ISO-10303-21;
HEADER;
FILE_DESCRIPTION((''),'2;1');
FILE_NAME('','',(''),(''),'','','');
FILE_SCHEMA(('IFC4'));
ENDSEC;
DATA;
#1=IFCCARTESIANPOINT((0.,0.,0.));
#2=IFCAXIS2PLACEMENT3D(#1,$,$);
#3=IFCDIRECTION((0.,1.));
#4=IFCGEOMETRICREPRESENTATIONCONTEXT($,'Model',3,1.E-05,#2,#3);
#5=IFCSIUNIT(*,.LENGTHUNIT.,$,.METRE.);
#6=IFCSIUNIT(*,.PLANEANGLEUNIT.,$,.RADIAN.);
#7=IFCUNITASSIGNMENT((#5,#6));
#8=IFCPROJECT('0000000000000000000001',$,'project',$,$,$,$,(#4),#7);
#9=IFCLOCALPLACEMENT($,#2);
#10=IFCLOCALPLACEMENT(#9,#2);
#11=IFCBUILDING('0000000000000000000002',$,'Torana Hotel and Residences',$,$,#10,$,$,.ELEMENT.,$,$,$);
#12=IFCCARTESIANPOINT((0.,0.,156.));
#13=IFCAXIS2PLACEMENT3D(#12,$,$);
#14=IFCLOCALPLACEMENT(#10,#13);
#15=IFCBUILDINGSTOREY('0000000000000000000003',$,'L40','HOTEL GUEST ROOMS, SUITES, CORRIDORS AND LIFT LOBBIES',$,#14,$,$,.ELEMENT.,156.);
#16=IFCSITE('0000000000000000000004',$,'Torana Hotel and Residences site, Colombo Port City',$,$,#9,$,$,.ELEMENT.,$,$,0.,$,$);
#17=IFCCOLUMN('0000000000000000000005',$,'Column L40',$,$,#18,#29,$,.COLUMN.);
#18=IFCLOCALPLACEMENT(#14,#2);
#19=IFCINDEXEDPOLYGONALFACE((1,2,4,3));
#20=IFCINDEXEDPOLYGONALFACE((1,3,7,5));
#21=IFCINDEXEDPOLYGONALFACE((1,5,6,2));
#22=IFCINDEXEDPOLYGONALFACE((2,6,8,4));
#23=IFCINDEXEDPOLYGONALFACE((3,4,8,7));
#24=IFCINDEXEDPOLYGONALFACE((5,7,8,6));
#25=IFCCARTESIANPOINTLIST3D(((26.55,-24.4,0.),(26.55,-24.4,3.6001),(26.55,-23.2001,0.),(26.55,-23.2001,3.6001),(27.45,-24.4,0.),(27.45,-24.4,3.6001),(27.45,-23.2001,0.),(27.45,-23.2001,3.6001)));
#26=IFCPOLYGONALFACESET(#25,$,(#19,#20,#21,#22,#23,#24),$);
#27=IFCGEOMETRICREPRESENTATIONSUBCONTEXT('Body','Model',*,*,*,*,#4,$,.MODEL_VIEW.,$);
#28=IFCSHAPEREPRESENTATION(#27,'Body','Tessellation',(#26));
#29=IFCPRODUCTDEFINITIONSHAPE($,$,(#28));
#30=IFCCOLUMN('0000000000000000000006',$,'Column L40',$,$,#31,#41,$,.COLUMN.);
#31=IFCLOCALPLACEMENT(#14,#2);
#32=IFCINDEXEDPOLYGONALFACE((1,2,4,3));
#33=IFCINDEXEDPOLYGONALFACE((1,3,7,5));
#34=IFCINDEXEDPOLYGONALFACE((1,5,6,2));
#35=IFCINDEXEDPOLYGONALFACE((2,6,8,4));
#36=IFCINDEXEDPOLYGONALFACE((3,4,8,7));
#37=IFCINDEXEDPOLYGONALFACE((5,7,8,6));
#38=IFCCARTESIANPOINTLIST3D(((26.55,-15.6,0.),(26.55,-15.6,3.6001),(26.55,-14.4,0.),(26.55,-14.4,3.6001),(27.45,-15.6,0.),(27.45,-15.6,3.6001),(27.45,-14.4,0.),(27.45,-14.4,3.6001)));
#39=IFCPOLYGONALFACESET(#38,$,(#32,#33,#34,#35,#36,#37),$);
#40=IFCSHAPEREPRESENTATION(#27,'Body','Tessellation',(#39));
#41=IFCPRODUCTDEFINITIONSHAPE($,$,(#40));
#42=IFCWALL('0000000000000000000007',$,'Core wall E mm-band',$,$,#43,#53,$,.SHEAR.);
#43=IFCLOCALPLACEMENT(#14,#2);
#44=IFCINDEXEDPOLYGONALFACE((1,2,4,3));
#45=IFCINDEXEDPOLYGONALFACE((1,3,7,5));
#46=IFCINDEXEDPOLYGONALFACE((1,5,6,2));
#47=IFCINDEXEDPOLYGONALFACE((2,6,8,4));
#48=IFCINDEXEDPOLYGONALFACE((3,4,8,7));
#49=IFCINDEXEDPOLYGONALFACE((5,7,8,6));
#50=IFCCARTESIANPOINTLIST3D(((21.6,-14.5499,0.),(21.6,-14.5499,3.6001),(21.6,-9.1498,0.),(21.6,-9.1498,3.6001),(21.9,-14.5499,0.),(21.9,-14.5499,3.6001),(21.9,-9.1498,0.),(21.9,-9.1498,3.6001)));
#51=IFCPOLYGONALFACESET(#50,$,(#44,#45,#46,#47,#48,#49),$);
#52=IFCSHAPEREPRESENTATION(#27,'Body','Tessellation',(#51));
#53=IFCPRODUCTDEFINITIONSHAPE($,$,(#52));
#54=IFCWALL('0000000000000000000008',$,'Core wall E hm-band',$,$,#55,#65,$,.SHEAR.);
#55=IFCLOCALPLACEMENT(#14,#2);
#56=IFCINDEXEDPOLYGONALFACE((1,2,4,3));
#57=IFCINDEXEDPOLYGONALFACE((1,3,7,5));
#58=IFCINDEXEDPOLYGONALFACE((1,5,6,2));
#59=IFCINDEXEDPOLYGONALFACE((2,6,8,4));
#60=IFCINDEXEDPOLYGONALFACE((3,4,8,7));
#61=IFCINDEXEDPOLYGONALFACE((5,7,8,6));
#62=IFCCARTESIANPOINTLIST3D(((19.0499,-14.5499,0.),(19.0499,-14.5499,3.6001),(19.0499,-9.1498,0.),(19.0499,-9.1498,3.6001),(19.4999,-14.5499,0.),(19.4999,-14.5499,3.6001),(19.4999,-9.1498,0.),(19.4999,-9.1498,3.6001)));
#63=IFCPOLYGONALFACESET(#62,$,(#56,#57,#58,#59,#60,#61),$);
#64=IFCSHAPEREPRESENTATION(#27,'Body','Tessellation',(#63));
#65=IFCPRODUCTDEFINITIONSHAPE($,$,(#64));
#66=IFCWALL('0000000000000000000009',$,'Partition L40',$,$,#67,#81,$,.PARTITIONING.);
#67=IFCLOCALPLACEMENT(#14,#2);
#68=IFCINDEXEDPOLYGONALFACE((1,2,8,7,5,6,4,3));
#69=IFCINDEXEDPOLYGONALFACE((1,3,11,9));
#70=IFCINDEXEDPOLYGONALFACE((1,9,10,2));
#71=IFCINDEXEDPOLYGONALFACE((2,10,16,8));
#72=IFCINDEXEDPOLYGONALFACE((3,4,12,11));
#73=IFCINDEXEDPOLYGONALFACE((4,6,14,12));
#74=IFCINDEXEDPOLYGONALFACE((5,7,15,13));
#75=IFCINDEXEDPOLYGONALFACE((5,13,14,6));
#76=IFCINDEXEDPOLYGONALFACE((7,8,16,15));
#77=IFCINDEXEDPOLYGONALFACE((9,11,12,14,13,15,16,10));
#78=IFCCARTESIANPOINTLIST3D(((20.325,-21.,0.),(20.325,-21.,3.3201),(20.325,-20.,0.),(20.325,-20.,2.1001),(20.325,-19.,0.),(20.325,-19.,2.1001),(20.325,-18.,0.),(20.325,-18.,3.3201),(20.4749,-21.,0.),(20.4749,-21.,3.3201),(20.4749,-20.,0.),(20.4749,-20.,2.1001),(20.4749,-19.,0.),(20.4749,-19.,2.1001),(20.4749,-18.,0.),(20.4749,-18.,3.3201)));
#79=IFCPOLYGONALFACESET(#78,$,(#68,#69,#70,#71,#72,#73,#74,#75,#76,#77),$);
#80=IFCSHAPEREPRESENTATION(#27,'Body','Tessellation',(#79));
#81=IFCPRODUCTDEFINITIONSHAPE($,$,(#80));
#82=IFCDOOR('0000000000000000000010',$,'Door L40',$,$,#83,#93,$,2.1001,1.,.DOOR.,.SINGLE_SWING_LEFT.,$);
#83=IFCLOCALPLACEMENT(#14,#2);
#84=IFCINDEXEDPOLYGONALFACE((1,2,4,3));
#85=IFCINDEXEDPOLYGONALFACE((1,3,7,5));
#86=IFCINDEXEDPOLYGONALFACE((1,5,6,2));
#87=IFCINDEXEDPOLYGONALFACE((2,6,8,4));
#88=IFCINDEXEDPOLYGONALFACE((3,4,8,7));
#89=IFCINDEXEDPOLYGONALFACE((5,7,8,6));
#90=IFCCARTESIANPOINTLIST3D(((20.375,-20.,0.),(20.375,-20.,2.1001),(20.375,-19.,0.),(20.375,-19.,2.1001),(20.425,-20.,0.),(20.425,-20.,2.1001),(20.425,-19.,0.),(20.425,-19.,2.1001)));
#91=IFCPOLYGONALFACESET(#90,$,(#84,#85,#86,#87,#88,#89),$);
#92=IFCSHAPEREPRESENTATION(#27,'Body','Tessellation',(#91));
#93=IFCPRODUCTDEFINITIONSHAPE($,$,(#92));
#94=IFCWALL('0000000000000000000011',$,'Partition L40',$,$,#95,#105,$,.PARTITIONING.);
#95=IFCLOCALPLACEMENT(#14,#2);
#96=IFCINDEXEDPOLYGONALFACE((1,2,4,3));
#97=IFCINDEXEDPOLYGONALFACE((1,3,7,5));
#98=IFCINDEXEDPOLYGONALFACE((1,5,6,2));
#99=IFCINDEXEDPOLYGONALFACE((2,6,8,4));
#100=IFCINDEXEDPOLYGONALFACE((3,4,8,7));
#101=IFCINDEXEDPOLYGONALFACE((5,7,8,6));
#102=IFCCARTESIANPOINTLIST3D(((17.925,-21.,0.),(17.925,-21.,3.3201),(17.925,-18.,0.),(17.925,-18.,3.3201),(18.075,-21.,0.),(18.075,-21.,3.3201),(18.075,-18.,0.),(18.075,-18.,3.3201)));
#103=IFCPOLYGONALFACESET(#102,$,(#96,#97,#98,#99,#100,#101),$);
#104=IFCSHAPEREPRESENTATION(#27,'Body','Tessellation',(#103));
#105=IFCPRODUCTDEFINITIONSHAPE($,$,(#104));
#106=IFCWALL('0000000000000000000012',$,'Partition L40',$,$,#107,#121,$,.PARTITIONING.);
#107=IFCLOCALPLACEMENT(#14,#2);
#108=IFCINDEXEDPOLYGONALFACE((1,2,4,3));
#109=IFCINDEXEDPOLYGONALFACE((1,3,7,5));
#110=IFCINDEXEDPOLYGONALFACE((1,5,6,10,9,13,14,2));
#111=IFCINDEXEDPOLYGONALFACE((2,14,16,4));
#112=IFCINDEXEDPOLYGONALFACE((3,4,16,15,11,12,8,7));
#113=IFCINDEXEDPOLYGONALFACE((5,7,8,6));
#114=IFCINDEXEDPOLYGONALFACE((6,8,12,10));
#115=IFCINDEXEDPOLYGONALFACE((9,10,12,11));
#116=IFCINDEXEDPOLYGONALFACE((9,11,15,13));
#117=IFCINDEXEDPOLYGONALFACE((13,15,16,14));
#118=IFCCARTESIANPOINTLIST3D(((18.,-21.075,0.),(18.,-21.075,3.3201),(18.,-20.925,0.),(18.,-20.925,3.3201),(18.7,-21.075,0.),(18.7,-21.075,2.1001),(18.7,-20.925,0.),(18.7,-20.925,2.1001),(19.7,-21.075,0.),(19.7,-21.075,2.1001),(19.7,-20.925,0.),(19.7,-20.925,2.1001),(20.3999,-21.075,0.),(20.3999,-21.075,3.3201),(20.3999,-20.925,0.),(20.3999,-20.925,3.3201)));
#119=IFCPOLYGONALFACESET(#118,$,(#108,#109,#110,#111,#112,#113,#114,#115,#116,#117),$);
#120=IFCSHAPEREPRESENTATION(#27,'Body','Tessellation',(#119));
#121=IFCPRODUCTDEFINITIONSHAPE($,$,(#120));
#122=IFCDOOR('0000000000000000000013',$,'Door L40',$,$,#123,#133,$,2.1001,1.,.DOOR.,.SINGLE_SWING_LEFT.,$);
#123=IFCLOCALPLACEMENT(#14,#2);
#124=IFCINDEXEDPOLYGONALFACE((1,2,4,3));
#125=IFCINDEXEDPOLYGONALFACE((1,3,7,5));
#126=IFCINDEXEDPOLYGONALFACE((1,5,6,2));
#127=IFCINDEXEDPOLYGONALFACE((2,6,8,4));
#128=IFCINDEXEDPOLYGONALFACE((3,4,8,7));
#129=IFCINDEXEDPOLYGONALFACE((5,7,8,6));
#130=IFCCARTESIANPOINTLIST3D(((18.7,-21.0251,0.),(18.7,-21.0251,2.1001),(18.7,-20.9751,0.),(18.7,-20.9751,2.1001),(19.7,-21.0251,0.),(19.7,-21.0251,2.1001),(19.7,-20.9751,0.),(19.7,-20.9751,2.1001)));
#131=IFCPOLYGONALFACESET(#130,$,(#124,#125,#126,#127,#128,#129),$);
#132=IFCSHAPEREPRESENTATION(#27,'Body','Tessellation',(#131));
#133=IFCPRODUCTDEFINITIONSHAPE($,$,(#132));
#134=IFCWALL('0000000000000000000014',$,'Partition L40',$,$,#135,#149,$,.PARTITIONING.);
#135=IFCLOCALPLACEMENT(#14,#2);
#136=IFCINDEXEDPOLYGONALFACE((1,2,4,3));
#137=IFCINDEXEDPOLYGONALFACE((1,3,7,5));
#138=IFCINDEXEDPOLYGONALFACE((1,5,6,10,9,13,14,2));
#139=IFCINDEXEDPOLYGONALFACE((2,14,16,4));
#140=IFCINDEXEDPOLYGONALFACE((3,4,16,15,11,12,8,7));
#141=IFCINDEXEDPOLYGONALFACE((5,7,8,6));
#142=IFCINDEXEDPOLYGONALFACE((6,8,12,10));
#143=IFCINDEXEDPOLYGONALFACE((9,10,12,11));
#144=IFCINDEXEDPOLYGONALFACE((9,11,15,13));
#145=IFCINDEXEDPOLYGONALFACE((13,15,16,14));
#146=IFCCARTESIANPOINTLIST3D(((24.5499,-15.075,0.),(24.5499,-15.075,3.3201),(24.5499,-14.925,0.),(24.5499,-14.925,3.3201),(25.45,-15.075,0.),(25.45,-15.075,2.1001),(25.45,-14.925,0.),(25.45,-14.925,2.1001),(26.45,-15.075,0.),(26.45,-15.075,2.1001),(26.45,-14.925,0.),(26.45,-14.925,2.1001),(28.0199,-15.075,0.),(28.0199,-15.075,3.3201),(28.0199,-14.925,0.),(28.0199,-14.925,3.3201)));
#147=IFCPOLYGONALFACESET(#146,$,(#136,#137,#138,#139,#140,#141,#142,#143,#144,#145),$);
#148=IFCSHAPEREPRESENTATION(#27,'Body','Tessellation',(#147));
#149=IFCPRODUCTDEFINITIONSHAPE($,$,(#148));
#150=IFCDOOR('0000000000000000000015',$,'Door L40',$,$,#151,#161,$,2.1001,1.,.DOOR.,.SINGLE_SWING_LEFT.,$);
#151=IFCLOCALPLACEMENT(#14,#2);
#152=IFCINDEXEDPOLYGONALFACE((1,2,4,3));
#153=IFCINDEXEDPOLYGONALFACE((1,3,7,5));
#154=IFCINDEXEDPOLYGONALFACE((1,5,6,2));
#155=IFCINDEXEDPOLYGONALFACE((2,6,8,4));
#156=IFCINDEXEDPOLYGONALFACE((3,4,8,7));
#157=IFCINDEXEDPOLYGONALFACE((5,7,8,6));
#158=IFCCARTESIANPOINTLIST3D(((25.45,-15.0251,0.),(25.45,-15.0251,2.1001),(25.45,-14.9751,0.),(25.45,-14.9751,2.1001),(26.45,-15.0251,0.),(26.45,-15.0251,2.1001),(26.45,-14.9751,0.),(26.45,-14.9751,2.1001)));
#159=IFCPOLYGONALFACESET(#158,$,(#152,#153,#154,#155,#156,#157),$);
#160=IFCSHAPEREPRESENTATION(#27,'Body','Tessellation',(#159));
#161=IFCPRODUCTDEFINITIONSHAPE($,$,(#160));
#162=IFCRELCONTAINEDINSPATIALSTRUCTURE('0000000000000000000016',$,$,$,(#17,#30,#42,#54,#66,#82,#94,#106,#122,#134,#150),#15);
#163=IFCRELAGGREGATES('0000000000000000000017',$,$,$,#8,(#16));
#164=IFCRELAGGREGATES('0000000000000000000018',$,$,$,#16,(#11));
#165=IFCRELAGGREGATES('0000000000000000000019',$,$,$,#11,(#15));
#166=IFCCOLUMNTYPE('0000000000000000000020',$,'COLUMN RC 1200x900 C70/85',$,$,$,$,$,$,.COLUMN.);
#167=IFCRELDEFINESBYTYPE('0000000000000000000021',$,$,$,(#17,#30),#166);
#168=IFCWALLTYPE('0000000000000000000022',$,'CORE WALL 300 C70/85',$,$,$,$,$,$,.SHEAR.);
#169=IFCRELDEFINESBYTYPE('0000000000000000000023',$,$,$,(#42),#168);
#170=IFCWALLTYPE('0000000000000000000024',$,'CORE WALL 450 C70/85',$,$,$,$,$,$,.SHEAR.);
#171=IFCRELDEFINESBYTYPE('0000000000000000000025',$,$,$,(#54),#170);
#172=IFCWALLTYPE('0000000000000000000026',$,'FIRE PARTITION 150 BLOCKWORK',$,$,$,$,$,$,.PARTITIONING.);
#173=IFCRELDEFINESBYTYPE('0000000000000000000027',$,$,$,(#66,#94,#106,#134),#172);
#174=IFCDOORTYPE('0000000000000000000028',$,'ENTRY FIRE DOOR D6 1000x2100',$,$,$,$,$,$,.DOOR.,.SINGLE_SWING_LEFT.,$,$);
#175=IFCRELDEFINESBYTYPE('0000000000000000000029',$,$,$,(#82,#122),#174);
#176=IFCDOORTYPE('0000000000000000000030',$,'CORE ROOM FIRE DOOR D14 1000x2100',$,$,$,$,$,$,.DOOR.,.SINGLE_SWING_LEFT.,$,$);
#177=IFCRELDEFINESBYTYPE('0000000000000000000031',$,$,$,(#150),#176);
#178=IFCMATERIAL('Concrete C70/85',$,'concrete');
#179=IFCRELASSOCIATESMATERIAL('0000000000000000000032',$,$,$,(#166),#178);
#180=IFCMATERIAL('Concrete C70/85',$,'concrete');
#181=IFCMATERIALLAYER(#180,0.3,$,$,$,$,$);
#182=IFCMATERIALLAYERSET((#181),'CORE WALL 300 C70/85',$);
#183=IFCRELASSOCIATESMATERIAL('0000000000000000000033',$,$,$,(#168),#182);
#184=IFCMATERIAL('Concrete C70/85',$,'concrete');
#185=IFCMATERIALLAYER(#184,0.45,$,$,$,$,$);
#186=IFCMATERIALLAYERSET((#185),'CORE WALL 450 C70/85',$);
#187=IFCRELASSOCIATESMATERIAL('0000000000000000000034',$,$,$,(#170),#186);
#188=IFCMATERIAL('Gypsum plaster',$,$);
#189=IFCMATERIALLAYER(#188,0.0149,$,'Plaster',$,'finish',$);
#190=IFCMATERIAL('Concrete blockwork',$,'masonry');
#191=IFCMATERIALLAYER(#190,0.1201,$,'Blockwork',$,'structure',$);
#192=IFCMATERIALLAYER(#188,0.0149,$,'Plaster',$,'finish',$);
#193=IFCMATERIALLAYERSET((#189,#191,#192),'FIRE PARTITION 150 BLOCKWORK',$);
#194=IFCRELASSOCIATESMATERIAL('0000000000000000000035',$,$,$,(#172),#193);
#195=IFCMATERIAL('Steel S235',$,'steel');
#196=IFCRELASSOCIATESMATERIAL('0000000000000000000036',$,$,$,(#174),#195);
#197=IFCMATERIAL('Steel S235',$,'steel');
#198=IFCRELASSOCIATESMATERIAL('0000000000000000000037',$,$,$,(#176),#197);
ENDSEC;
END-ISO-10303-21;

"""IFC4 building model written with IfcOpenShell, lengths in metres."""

from ifc_helpers import new_model, si_unit, direction, frame, frame_2d, origin, origin_2d, place, context, subcontext, project, spatial, rectangle, extrude, material, layer, layer_set, material_profile, profile_set, type_object, element, fill, save


model = new_model("IFC4")

# Units and contexts
model_context = context("Model", 3, precision=1e-05, world=origin(), true_north=direction((0.0, 1.0)))
body_context = subcontext(model_context, "Body", "Model", "MODEL_VIEW")
ifc_project = project(units=[si_unit("LENGTHUNIT", "METRE"), si_unit("PLANEANGLEUNIT", "RADIAN")], contexts=[model_context])

# Site, building, storey
site_placement = place(None, origin())
site = spatial("IfcSite", under=ifc_project, at=site_placement, Name="Torana Hotel and Residences site, Colombo Port City", CompositionType="ELEMENT", RefElevation=0.0)
building_placement = place(site_placement, origin())
building = spatial("IfcBuilding", under=site, at=building_placement, Name="Torana Hotel and Residences", CompositionType="ELEMENT")
storey_placement = place(building_placement, frame((0.0, 0.0, 156.0)))
storey = spatial("IfcBuildingStorey", under=building, at=storey_placement, Name="L40", Description="HOTEL GUEST ROOMS, SUITES, CORRIDORS AND LIFT LOBBIES", CompositionType="ELEMENT", Elevation=156.0)

# Columns
ifc_material_1 = material(Name="Concrete C70/85", Category="concrete")
ifc_material_profile = material_profile(ifc_material_1, rectangle(XDim=1.2, YDim=0.8999, at=origin_2d()), Name="RC 1200x900")
ifc_profile_set = profile_set([ifc_material_profile], Name="Concrete C70/85")
column_type = type_object("IfcColumnType", Name="COLUMN RC 1200x900 C70/85", PredefinedType="COLUMN", material=ifc_profile_set)
for number, where, z_axis, x_axis, name in (
    (1, (27.0, -23.8, 0.0), (0.0, 0.0, 1.0), (0.0, 1.0, 0.0), "Column L40"),
    (2, (27.0, -15.0, 0.0), (0.0, 0.0, 1.0), (0.0, 1.0, 0.0), "Column L40"),
):
    element("IfcColumn", number, at=place(storey_placement, frame(where, z_axis=z_axis, x_axis=x_axis)), inside=storey, type_object=column_type, Name=name, PredefinedType="COLUMN", context=body_context, shape_type="SweptSolid", body=[
        extrude(rectangle(XDim=1.2, YDim=0.8999, at=origin_2d()), origin(), (0.0, 0.0, 1.0), 3.6001),
    ])

# Walls
ifc_material_2 = material(Name="Concrete C70/85", Category="concrete")
ifc_layer_1 = layer(ifc_material_2, 0.3)
ifc_layer_set_1 = layer_set([ifc_layer_1], Name="CORE WALL 300 C70/85")
wall_type_1 = type_object("IfcWallType", Name="CORE WALL 300 C70/85", PredefinedType="SHEAR", material=ifc_layer_set_1)
wall_1_placement = place(storey_placement, frame((21.75, -14.55, 0.0), z_axis=(0.0, 0.0, 1.0), x_axis=(0.0, 1.0, 0.0)))
element("IfcWall", 3, at=wall_1_placement, inside=storey, type_object=wall_type_1, Name="Core wall E mm-band", PredefinedType="SHEAR", context=body_context, shape_type="SweptSolid", body=[
    extrude(rectangle(XDim=5.4001, YDim=0.3, at=frame_2d((2.7002, 0.0))), origin(), (0.0, 0.0, 1.0), 3.6001),
])
ifc_material_3 = material(Name="Concrete C70/85", Category="concrete")
ifc_layer_2 = layer(ifc_material_3, 0.45)
ifc_layer_set_2 = layer_set([ifc_layer_2], Name="CORE WALL 450 C70/85")
wall_type_2 = type_object("IfcWallType", Name="CORE WALL 450 C70/85", PredefinedType="SHEAR", material=ifc_layer_set_2)
wall_2_placement = place(storey_placement, frame((19.2749, -14.55, 0.0), z_axis=(0.0, 0.0, 1.0), x_axis=(0.0, 1.0, 0.0)))
element("IfcWall", 4, at=wall_2_placement, inside=storey, type_object=wall_type_2, Name="Core wall E hm-band", PredefinedType="SHEAR", context=body_context, shape_type="SweptSolid", body=[
    extrude(rectangle(XDim=5.4001, YDim=0.45, at=frame_2d((2.7002, 0.0))), origin(), (0.0, 0.0, 1.0), 3.6001),
])

# Wall, opening, door
ifc_material_4 = material(Name="Gypsum plaster")
ifc_layer_3 = layer(ifc_material_4, 0.0149, Name="Plaster", Category="finish")
ifc_material_5 = material(Name="Concrete blockwork", Category="masonry")
ifc_layer_4 = layer(ifc_material_5, 0.1201, Name="Blockwork", Category="structure")
ifc_layer_5 = layer(ifc_material_4, 0.0149, Name="Plaster", Category="finish")
ifc_layer_set_3 = layer_set([ifc_layer_3, ifc_layer_4, ifc_layer_5], Name="FIRE PARTITION 150 BLOCKWORK")
wall_type_3 = type_object("IfcWallType", Name="FIRE PARTITION 150 BLOCKWORK", PredefinedType="PARTITIONING", material=ifc_layer_set_3)
wall_3_placement = place(storey_placement, frame((20.3999, -21.0, 0.0), z_axis=(0.0, 0.0, 1.0), x_axis=(0.0, 1.0, 0.0)))
wall_3 = element("IfcWall", 5, at=wall_3_placement, inside=storey, type_object=wall_type_3, Name="Partition L40", PredefinedType="PARTITIONING", context=body_context, shape_type="SweptSolid", body=[
    extrude(rectangle(XDim=3.0, YDim=0.1499, at=frame_2d((1.5, 0.0))), origin(), (0.0, 0.0, 1.0), 3.3201),
])
opening_1_placement = place(wall_3_placement, frame((1.0, 0.0, 0.0)))
opening_1 = element("IfcOpeningElement", 6, at=opening_1_placement, cuts=wall_3, PredefinedType="OPENING", context=body_context, shape_type="SweptSolid", body=[
    extrude(rectangle(XDim=1.0, YDim=2.1001, at=frame_2d((0.5, 1.05))), frame((0.0, 0.085, 0.0), z_axis=(0.0, -1.0, 0.0), x_axis=(1.0, 0.0, 0.0)), (0.0, 0.0, 1.0), 0.1699),
])
ifc_material_6 = material(Name="Steel S235", Category="steel")
door_type_1 = type_object("IfcDoorType", Name="ENTRY FIRE DOOR D6 1000x2100", OperationType="SINGLE_SWING_LEFT", PredefinedType="DOOR", material=ifc_material_6)
door_1_placement = place(opening_1_placement, frame((0.5, 0.0, 0.0), z_axis=(0.0, 0.0, 1.0), x_axis=(-1.0, 0.0, 0.0)))
door_1 = element("IfcDoor", 7, at=door_1_placement, inside=storey, type_object=door_type_1, Name="Door L40", OperationType="SINGLE_SWING_LEFT", OverallHeight=2.1001, OverallWidth=1.0, PredefinedType="DOOR", context=body_context, shape_type="SweptSolid", body=[
    extrude(rectangle(XDim=1.0, YDim=2.1001, at=frame_2d((0.0, 1.05))), frame((0.0, -0.0249, 0.0), z_axis=(0.0, 1.0, 0.0), x_axis=(-1.0, 0.0, 0.0)), (0.0, 0.0, 1.0), 0.05),
])
fill(opening_1, door_1)

# Wall
wall_4_placement = place(storey_placement, frame((18.0, -21.0, 0.0), z_axis=(0.0, 0.0, 1.0), x_axis=(0.0, 1.0, 0.0)))
element("IfcWall", 8, at=wall_4_placement, inside=storey, type_object=wall_type_3, Name="Partition L40", PredefinedType="PARTITIONING", context=body_context, shape_type="SweptSolid", body=[
    extrude(rectangle(XDim=3.0, YDim=0.1499, at=frame_2d((1.5, 0.0))), origin(), (0.0, 0.0, 1.0), 3.3201),
])

# Walls, openings, doors
wall_5_placement = place(storey_placement, frame((18.0, -21.0, 0.0), z_axis=(0.0, 0.0, 1.0), x_axis=(1.0, 0.0, 0.0)))
wall_5 = element("IfcWall", 9, at=wall_5_placement, inside=storey, type_object=wall_type_3, Name="Partition L40", PredefinedType="PARTITIONING", context=body_context, shape_type="SweptSolid", body=[
    extrude(rectangle(XDim=2.3999, YDim=0.1499, at=frame_2d((1.2, 0.0))), origin(), (0.0, 0.0, 1.0), 3.3201),
])
opening_2_placement = place(wall_5_placement, frame((0.7, 0.0, 0.0)))
opening_2 = element("IfcOpeningElement", 10, at=opening_2_placement, cuts=wall_5, PredefinedType="OPENING", context=body_context, shape_type="SweptSolid", body=[
    extrude(rectangle(XDim=1.0, YDim=2.1001, at=frame_2d((0.5, 1.05))), frame((0.0, 0.085, 0.0), z_axis=(0.0, -1.0, 0.0), x_axis=(1.0, 0.0, 0.0)), (0.0, 0.0, 1.0), 0.1699),
])
door_2_placement = place(opening_2_placement, frame((0.5, 0.0, 0.0), z_axis=(0.0, 0.0, 1.0), x_axis=(-1.0, 0.0, 0.0)))
door_2 = element("IfcDoor", 11, at=door_2_placement, inside=storey, type_object=door_type_1, Name="Door L40", OperationType="SINGLE_SWING_LEFT", OverallHeight=2.1001, OverallWidth=1.0, PredefinedType="DOOR", context=body_context, shape_type="SweptSolid", body=[
    extrude(rectangle(XDim=1.0, YDim=2.1001, at=frame_2d((0.0, 1.05))), frame((0.0, -0.0249, 0.0), z_axis=(0.0, 1.0, 0.0), x_axis=(-1.0, 0.0, 0.0)), (0.0, 0.0, 1.0), 0.05),
])
fill(opening_2, door_2)
wall_6_placement = place(storey_placement, frame((24.55, -15.0, 0.0), z_axis=(0.0, 0.0, 1.0), x_axis=(1.0, 0.0, 0.0)))
wall_6 = element("IfcWall", 12, at=wall_6_placement, inside=storey, type_object=wall_type_3, Name="Partition L40", PredefinedType="PARTITIONING", context=body_context, shape_type="SweptSolid", body=[
    extrude(rectangle(XDim=3.47, YDim=0.1499, at=frame_2d((1.7349, 0.0))), origin(), (0.0, 0.0, 1.0), 3.3201),
])
opening_3_placement = place(wall_6_placement, frame((0.8999, 0.0, 0.0)))
opening_3 = element("IfcOpeningElement", 13, at=opening_3_placement, cuts=wall_6, PredefinedType="OPENING", context=body_context, shape_type="SweptSolid", body=[
    extrude(rectangle(XDim=1.0, YDim=2.1001, at=frame_2d((0.5, 1.05))), frame((0.0, 0.085, 0.0), z_axis=(0.0, -1.0, 0.0), x_axis=(1.0, 0.0, 0.0)), (0.0, 0.0, 1.0), 0.1699),
])
ifc_material_7 = material(Name="Steel S235", Category="steel")
door_type_2 = type_object("IfcDoorType", Name="CORE ROOM FIRE DOOR D14 1000x2100", OperationType="SINGLE_SWING_LEFT", PredefinedType="DOOR", material=ifc_material_7)
door_3_placement = place(opening_3_placement, origin())
door_3 = element("IfcDoor", 14, at=door_3_placement, inside=storey, type_object=door_type_2, Name="Door L40", OperationType="SINGLE_SWING_LEFT", OverallHeight=2.1001, OverallWidth=1.0, PredefinedType="DOOR", context=body_context, shape_type="SweptSolid", body=[
    extrude(rectangle(XDim=1.0, YDim=2.1001, at=frame_2d((0.5, 1.05))), frame((0.0, 0.0249, 0.0), z_axis=(0.0, -1.0, 0.0), x_axis=(1.0, 0.0, 0.0)), (0.0, 0.0, 1.0), 0.05),
])
fill(opening_3, door_3)

save(model, "model.ifc")
